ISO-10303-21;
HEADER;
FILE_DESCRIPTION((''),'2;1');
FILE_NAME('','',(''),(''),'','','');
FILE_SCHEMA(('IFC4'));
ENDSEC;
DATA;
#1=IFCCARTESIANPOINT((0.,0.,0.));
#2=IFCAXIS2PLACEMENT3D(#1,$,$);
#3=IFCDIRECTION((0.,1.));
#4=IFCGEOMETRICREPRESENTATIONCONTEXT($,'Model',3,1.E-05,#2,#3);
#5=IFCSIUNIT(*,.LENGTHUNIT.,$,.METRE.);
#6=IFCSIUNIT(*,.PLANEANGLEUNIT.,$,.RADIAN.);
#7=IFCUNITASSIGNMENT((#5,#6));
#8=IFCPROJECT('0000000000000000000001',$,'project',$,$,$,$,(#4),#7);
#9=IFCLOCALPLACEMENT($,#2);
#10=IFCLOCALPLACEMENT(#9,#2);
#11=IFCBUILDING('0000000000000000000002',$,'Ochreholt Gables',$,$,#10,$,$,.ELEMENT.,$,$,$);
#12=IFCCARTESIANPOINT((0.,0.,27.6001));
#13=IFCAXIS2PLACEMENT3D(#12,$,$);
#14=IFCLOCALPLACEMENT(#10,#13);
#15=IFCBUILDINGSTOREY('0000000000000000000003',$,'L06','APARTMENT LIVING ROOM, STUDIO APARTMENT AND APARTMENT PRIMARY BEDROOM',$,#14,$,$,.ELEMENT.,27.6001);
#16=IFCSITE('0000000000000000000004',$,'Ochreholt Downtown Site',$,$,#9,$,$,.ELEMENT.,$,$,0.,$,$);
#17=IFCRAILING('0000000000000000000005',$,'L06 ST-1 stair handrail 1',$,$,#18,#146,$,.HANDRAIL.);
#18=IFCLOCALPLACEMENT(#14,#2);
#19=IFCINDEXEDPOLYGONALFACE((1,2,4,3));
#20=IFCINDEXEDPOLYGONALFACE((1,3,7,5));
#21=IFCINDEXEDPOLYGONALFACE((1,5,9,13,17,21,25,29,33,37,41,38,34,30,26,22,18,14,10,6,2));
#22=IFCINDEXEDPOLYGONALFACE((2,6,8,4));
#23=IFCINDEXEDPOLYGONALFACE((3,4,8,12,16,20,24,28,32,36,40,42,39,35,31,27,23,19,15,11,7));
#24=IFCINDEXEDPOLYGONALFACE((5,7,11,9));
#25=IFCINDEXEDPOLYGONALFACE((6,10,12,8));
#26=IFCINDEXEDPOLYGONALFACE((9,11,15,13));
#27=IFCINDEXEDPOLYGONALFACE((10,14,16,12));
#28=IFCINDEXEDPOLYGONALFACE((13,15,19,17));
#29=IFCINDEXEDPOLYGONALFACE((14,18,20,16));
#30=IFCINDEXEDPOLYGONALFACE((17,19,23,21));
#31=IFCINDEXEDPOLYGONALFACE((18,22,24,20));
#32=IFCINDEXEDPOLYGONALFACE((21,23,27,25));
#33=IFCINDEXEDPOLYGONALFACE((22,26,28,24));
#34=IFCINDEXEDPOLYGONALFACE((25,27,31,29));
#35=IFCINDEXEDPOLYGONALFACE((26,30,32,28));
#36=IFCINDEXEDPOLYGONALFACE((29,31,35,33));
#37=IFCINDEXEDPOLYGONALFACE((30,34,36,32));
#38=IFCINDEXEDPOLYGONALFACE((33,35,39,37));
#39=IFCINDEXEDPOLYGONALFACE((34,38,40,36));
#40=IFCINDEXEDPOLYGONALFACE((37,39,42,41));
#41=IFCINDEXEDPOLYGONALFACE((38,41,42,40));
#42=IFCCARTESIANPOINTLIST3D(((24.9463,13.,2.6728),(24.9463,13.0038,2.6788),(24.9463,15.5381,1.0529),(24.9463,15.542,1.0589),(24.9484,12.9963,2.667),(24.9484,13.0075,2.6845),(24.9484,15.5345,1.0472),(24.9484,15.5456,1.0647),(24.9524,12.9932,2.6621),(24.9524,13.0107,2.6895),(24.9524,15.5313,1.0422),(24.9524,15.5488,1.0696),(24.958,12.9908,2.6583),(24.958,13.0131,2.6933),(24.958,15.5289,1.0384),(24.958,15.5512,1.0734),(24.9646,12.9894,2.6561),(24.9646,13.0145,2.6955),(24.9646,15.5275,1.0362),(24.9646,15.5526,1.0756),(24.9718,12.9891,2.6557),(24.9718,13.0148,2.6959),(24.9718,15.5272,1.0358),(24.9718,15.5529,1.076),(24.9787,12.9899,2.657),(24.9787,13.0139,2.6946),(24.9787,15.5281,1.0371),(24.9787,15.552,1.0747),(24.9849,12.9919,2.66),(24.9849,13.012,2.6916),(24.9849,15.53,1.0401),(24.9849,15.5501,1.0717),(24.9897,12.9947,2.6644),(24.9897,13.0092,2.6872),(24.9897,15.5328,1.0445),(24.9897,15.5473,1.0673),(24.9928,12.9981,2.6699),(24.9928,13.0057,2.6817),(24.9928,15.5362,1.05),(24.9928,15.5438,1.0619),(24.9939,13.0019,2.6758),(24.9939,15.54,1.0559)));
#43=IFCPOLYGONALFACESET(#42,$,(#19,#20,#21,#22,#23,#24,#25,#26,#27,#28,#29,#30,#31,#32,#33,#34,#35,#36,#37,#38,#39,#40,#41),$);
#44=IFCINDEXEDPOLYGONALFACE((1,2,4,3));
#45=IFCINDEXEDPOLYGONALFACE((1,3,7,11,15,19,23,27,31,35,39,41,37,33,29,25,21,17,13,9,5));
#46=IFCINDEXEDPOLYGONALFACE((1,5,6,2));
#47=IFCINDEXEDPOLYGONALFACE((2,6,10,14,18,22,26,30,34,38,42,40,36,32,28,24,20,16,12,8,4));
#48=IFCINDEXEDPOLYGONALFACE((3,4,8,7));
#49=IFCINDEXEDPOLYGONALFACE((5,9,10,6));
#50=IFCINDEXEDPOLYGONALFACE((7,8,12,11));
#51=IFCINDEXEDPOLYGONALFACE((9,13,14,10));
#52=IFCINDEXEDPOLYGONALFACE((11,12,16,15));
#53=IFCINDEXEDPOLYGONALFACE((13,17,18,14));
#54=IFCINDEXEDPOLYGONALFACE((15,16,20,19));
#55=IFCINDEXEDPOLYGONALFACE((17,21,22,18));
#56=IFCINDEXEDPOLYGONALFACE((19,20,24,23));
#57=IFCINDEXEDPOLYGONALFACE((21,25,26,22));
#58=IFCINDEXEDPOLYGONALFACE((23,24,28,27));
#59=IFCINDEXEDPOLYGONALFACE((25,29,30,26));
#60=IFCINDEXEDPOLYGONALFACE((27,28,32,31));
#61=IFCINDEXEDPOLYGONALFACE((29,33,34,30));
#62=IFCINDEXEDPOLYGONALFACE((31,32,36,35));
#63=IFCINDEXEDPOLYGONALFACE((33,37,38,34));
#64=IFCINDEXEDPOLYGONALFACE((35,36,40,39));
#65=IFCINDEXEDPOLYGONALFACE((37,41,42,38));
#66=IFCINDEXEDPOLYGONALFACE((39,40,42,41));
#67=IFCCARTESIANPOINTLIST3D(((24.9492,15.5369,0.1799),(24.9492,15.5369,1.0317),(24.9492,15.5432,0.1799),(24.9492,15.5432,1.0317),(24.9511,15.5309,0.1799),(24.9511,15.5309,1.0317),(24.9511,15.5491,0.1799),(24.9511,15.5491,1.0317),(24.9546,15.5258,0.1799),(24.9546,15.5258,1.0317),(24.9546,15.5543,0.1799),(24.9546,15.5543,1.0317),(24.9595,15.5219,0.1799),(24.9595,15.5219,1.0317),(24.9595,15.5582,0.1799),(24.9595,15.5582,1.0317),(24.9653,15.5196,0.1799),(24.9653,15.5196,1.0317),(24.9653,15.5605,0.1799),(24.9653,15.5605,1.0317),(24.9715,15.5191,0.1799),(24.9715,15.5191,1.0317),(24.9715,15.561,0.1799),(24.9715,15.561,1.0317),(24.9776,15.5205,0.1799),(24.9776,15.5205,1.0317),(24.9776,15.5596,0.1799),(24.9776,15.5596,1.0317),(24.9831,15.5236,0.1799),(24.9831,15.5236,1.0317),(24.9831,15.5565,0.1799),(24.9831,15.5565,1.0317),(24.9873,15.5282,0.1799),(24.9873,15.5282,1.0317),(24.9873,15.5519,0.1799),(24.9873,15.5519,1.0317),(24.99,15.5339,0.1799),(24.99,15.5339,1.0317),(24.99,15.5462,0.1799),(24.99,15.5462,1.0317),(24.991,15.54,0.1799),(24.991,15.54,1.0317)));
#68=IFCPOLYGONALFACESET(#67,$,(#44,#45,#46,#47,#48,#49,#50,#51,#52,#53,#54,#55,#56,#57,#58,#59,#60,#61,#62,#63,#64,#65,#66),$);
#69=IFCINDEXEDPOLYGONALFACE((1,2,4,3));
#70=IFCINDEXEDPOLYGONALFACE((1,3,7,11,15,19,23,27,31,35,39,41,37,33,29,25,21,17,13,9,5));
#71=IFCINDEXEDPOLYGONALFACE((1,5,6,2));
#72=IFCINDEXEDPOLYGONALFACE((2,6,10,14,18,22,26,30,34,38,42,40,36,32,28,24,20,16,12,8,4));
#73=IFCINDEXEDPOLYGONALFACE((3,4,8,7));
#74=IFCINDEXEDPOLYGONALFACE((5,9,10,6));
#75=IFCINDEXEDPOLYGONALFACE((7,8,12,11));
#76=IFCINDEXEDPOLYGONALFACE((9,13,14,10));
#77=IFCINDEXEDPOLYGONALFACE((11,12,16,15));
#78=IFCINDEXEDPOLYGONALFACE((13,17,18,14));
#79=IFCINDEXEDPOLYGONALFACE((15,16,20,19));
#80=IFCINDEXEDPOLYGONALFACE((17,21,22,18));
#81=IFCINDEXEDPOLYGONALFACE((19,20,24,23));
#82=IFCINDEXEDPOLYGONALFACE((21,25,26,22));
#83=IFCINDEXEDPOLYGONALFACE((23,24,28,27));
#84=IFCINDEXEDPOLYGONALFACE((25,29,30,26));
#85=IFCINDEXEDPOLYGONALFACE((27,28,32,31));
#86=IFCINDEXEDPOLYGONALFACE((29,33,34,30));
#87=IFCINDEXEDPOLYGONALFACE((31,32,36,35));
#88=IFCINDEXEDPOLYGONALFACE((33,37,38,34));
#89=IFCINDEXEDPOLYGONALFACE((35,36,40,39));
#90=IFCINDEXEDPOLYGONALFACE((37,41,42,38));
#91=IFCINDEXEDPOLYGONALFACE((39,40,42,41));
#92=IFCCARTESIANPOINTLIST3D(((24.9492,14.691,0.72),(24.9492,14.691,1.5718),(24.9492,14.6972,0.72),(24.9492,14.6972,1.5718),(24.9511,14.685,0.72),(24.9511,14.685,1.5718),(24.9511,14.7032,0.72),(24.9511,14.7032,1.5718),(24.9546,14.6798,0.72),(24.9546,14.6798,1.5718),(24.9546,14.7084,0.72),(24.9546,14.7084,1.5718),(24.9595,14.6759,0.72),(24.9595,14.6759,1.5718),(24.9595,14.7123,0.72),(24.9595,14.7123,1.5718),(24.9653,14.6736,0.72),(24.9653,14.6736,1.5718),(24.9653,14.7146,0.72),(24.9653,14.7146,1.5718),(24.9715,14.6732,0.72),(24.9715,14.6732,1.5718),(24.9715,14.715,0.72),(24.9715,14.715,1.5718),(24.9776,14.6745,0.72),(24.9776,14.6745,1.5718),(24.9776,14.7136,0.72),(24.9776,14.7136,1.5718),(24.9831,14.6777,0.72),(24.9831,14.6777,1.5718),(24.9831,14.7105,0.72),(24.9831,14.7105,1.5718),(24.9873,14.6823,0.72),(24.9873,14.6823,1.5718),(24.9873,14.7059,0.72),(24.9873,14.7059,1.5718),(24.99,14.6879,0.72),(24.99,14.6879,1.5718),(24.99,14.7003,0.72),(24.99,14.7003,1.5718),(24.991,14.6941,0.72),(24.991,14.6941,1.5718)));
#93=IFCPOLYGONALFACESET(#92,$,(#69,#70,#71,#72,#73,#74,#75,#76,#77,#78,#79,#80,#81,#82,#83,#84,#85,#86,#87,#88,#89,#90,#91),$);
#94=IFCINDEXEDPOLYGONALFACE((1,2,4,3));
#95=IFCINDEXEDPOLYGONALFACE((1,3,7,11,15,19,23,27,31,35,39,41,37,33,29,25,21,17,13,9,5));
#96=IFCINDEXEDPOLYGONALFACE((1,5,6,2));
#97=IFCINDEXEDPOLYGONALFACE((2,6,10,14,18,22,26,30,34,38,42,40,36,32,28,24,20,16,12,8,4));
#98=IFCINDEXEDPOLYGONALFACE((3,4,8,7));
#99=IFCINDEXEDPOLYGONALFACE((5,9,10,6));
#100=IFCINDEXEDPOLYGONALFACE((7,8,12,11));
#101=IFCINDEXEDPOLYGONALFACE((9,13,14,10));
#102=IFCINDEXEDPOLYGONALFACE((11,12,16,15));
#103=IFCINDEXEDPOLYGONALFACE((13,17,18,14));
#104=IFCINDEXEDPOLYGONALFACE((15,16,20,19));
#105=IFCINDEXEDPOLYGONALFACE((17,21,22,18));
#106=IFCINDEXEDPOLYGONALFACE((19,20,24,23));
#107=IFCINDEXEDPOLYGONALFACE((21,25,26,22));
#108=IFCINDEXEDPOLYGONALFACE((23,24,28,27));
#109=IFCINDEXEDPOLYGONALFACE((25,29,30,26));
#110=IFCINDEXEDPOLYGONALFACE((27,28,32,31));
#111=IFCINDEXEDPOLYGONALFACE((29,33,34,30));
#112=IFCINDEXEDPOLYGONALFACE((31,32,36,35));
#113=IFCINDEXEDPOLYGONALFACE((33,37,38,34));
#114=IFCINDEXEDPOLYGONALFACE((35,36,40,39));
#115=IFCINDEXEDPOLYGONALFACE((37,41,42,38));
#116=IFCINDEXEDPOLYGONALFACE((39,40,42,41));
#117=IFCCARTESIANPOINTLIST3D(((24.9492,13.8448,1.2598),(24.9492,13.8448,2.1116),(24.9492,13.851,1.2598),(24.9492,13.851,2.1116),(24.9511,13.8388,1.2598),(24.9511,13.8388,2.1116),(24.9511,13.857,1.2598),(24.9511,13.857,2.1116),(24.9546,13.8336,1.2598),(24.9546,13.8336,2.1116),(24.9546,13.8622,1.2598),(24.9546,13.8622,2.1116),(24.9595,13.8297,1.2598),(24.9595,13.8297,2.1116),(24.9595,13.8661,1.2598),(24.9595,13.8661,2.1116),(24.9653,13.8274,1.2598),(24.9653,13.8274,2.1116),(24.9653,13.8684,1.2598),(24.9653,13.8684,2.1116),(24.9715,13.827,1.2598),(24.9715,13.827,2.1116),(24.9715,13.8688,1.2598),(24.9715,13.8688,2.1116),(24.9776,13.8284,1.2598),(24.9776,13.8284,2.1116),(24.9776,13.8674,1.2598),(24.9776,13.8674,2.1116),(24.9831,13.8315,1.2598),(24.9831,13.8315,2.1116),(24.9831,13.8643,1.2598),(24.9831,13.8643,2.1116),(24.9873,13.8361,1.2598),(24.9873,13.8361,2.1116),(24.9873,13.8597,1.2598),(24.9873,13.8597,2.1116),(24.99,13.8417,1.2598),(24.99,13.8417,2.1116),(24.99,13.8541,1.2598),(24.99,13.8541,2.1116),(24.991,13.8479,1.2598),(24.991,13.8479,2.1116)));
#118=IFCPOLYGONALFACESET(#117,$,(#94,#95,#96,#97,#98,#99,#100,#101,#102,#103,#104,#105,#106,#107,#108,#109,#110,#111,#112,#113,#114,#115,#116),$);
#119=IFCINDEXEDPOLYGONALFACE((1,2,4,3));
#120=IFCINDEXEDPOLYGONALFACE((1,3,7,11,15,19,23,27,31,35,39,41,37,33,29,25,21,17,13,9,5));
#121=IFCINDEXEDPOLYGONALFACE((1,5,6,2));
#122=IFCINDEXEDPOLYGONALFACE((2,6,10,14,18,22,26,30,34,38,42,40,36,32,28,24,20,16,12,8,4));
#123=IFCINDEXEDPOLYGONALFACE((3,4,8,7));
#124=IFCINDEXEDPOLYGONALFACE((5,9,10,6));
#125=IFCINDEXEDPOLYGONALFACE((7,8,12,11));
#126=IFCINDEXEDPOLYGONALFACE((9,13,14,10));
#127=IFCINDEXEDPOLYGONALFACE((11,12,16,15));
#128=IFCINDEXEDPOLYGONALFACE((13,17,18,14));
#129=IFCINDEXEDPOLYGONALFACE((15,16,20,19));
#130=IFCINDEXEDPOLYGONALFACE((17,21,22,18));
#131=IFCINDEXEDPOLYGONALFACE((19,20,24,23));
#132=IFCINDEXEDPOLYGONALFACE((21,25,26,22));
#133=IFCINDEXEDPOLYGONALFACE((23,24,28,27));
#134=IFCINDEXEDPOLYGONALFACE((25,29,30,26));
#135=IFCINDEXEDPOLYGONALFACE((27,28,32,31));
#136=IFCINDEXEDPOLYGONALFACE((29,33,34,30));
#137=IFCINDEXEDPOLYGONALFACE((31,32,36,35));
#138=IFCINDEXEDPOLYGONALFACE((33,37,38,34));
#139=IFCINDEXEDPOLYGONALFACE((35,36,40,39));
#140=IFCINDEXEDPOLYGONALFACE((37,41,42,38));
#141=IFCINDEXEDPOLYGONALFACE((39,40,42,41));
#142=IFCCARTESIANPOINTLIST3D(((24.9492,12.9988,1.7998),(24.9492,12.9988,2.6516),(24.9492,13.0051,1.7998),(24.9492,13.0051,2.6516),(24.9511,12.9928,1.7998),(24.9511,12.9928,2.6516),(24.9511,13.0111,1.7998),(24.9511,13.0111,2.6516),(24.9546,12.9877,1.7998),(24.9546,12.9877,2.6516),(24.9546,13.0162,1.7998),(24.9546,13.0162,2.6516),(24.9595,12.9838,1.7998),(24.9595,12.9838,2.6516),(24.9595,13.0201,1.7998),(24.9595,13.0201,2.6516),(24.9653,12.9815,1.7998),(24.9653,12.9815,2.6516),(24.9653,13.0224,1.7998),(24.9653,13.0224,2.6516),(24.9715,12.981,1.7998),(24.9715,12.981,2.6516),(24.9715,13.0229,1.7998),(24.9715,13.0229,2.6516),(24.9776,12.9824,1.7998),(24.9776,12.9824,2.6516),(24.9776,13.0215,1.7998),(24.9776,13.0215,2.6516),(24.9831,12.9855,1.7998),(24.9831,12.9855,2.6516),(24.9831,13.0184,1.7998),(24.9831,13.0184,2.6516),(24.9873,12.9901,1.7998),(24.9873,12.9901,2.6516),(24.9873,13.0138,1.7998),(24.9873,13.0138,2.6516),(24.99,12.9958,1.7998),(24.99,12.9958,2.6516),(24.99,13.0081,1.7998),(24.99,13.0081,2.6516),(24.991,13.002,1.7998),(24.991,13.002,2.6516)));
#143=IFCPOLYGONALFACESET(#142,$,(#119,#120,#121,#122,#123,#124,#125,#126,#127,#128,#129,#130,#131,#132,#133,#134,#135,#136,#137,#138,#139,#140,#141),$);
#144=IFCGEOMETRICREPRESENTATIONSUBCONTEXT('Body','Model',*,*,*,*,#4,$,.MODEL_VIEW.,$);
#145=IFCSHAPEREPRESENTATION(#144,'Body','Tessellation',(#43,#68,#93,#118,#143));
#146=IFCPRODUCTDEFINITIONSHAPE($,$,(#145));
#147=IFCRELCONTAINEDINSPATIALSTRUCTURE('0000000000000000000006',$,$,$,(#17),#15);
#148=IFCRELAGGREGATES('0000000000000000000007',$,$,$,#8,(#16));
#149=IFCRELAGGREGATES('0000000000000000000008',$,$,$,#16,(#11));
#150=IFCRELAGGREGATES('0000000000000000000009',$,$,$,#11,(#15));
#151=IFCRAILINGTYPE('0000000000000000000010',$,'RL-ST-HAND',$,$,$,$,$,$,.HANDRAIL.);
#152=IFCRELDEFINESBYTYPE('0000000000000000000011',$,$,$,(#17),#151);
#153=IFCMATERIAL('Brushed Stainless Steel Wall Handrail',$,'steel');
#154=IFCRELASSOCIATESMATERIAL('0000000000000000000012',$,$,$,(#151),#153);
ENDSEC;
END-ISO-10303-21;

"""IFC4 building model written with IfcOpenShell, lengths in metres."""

from ifc_helpers import new_model, si_unit, direction, frame, origin, origin_2d, place, context, subcontext, project, spatial, circle, extrude, material, type_object, element, save


model = new_model("IFC4")

# Units and contexts
model_context = context("Model", 3, precision=1e-05, world=origin(), true_north=direction((0.0, 1.0)))
body_context = subcontext(model_context, "Body", "Model", "MODEL_VIEW")
ifc_project = project(units=[si_unit("LENGTHUNIT", "METRE"), si_unit("PLANEANGLEUNIT", "RADIAN")], contexts=[model_context])

# Site, building, storey
site_placement = place(None, origin())
site = spatial("IfcSite", under=ifc_project, at=site_placement, Name="Ochreholt Downtown Site", CompositionType="ELEMENT", RefElevation=0.0)
building_placement = place(site_placement, origin())
building = spatial("IfcBuilding", under=site, at=building_placement, Name="Ochreholt Gables", CompositionType="ELEMENT")
storey_placement = place(building_placement, frame((0.0, 0.0, 27.6001)))
storey = spatial("IfcBuildingStorey", under=building, at=storey_placement, Name="L06", Description="APARTMENT LIVING ROOM, STUDIO APARTMENT AND APARTMENT PRIMARY BEDROOM", CompositionType="ELEMENT", Elevation=27.6001)

# Railing
ifc_material_1 = material(Name="Brushed Stainless Steel Wall Handrail", Category="steel")
railing_type_1 = type_object("IfcRailingType", Name="RL-ST-HAND", PredefinedType="HANDRAIL", material=ifc_material_1)
railing_1_placement = place(storey_placement, frame((24.97, 15.54, 0.1799)))
element("IfcRailing", 1, at=railing_1_placement, inside=storey, type_object=railing_type_1, Name="L06 ST-1 stair handrail 1", PredefinedType="HANDRAIL", context=body_context, shape_type="SweptSolid", body=[
    extrude(circle(Radius=0.0239, at=origin_2d()), frame((0.0, 0.0, 0.876), z_axis=(0.0, -0.84295, 0.537993), x_axis=(1.0, 0.0, 0.0)), (0.0, 0.0, 1.0), 3.011),
    extrude(circle(Radius=0.021, at=origin_2d()), origin(), (0.0, 0.0, 1.0), 0.8518),
    extrude(circle(Radius=0.021, at=origin_2d()), frame((0.0, -0.8459, 0.54)), (0.0, 0.0, 1.0), 0.8518),
    extrude(circle(Radius=0.021, at=origin_2d()), frame((0.0, -1.6921, 1.0798)), (0.0, 0.0, 1.0), 0.8518),
    extrude(circle(Radius=0.021, at=origin_2d()), frame((0.0, -2.5381, 1.6199)), (0.0, 0.0, 1.0), 0.8518),
])

save(model, "model.ifc")
